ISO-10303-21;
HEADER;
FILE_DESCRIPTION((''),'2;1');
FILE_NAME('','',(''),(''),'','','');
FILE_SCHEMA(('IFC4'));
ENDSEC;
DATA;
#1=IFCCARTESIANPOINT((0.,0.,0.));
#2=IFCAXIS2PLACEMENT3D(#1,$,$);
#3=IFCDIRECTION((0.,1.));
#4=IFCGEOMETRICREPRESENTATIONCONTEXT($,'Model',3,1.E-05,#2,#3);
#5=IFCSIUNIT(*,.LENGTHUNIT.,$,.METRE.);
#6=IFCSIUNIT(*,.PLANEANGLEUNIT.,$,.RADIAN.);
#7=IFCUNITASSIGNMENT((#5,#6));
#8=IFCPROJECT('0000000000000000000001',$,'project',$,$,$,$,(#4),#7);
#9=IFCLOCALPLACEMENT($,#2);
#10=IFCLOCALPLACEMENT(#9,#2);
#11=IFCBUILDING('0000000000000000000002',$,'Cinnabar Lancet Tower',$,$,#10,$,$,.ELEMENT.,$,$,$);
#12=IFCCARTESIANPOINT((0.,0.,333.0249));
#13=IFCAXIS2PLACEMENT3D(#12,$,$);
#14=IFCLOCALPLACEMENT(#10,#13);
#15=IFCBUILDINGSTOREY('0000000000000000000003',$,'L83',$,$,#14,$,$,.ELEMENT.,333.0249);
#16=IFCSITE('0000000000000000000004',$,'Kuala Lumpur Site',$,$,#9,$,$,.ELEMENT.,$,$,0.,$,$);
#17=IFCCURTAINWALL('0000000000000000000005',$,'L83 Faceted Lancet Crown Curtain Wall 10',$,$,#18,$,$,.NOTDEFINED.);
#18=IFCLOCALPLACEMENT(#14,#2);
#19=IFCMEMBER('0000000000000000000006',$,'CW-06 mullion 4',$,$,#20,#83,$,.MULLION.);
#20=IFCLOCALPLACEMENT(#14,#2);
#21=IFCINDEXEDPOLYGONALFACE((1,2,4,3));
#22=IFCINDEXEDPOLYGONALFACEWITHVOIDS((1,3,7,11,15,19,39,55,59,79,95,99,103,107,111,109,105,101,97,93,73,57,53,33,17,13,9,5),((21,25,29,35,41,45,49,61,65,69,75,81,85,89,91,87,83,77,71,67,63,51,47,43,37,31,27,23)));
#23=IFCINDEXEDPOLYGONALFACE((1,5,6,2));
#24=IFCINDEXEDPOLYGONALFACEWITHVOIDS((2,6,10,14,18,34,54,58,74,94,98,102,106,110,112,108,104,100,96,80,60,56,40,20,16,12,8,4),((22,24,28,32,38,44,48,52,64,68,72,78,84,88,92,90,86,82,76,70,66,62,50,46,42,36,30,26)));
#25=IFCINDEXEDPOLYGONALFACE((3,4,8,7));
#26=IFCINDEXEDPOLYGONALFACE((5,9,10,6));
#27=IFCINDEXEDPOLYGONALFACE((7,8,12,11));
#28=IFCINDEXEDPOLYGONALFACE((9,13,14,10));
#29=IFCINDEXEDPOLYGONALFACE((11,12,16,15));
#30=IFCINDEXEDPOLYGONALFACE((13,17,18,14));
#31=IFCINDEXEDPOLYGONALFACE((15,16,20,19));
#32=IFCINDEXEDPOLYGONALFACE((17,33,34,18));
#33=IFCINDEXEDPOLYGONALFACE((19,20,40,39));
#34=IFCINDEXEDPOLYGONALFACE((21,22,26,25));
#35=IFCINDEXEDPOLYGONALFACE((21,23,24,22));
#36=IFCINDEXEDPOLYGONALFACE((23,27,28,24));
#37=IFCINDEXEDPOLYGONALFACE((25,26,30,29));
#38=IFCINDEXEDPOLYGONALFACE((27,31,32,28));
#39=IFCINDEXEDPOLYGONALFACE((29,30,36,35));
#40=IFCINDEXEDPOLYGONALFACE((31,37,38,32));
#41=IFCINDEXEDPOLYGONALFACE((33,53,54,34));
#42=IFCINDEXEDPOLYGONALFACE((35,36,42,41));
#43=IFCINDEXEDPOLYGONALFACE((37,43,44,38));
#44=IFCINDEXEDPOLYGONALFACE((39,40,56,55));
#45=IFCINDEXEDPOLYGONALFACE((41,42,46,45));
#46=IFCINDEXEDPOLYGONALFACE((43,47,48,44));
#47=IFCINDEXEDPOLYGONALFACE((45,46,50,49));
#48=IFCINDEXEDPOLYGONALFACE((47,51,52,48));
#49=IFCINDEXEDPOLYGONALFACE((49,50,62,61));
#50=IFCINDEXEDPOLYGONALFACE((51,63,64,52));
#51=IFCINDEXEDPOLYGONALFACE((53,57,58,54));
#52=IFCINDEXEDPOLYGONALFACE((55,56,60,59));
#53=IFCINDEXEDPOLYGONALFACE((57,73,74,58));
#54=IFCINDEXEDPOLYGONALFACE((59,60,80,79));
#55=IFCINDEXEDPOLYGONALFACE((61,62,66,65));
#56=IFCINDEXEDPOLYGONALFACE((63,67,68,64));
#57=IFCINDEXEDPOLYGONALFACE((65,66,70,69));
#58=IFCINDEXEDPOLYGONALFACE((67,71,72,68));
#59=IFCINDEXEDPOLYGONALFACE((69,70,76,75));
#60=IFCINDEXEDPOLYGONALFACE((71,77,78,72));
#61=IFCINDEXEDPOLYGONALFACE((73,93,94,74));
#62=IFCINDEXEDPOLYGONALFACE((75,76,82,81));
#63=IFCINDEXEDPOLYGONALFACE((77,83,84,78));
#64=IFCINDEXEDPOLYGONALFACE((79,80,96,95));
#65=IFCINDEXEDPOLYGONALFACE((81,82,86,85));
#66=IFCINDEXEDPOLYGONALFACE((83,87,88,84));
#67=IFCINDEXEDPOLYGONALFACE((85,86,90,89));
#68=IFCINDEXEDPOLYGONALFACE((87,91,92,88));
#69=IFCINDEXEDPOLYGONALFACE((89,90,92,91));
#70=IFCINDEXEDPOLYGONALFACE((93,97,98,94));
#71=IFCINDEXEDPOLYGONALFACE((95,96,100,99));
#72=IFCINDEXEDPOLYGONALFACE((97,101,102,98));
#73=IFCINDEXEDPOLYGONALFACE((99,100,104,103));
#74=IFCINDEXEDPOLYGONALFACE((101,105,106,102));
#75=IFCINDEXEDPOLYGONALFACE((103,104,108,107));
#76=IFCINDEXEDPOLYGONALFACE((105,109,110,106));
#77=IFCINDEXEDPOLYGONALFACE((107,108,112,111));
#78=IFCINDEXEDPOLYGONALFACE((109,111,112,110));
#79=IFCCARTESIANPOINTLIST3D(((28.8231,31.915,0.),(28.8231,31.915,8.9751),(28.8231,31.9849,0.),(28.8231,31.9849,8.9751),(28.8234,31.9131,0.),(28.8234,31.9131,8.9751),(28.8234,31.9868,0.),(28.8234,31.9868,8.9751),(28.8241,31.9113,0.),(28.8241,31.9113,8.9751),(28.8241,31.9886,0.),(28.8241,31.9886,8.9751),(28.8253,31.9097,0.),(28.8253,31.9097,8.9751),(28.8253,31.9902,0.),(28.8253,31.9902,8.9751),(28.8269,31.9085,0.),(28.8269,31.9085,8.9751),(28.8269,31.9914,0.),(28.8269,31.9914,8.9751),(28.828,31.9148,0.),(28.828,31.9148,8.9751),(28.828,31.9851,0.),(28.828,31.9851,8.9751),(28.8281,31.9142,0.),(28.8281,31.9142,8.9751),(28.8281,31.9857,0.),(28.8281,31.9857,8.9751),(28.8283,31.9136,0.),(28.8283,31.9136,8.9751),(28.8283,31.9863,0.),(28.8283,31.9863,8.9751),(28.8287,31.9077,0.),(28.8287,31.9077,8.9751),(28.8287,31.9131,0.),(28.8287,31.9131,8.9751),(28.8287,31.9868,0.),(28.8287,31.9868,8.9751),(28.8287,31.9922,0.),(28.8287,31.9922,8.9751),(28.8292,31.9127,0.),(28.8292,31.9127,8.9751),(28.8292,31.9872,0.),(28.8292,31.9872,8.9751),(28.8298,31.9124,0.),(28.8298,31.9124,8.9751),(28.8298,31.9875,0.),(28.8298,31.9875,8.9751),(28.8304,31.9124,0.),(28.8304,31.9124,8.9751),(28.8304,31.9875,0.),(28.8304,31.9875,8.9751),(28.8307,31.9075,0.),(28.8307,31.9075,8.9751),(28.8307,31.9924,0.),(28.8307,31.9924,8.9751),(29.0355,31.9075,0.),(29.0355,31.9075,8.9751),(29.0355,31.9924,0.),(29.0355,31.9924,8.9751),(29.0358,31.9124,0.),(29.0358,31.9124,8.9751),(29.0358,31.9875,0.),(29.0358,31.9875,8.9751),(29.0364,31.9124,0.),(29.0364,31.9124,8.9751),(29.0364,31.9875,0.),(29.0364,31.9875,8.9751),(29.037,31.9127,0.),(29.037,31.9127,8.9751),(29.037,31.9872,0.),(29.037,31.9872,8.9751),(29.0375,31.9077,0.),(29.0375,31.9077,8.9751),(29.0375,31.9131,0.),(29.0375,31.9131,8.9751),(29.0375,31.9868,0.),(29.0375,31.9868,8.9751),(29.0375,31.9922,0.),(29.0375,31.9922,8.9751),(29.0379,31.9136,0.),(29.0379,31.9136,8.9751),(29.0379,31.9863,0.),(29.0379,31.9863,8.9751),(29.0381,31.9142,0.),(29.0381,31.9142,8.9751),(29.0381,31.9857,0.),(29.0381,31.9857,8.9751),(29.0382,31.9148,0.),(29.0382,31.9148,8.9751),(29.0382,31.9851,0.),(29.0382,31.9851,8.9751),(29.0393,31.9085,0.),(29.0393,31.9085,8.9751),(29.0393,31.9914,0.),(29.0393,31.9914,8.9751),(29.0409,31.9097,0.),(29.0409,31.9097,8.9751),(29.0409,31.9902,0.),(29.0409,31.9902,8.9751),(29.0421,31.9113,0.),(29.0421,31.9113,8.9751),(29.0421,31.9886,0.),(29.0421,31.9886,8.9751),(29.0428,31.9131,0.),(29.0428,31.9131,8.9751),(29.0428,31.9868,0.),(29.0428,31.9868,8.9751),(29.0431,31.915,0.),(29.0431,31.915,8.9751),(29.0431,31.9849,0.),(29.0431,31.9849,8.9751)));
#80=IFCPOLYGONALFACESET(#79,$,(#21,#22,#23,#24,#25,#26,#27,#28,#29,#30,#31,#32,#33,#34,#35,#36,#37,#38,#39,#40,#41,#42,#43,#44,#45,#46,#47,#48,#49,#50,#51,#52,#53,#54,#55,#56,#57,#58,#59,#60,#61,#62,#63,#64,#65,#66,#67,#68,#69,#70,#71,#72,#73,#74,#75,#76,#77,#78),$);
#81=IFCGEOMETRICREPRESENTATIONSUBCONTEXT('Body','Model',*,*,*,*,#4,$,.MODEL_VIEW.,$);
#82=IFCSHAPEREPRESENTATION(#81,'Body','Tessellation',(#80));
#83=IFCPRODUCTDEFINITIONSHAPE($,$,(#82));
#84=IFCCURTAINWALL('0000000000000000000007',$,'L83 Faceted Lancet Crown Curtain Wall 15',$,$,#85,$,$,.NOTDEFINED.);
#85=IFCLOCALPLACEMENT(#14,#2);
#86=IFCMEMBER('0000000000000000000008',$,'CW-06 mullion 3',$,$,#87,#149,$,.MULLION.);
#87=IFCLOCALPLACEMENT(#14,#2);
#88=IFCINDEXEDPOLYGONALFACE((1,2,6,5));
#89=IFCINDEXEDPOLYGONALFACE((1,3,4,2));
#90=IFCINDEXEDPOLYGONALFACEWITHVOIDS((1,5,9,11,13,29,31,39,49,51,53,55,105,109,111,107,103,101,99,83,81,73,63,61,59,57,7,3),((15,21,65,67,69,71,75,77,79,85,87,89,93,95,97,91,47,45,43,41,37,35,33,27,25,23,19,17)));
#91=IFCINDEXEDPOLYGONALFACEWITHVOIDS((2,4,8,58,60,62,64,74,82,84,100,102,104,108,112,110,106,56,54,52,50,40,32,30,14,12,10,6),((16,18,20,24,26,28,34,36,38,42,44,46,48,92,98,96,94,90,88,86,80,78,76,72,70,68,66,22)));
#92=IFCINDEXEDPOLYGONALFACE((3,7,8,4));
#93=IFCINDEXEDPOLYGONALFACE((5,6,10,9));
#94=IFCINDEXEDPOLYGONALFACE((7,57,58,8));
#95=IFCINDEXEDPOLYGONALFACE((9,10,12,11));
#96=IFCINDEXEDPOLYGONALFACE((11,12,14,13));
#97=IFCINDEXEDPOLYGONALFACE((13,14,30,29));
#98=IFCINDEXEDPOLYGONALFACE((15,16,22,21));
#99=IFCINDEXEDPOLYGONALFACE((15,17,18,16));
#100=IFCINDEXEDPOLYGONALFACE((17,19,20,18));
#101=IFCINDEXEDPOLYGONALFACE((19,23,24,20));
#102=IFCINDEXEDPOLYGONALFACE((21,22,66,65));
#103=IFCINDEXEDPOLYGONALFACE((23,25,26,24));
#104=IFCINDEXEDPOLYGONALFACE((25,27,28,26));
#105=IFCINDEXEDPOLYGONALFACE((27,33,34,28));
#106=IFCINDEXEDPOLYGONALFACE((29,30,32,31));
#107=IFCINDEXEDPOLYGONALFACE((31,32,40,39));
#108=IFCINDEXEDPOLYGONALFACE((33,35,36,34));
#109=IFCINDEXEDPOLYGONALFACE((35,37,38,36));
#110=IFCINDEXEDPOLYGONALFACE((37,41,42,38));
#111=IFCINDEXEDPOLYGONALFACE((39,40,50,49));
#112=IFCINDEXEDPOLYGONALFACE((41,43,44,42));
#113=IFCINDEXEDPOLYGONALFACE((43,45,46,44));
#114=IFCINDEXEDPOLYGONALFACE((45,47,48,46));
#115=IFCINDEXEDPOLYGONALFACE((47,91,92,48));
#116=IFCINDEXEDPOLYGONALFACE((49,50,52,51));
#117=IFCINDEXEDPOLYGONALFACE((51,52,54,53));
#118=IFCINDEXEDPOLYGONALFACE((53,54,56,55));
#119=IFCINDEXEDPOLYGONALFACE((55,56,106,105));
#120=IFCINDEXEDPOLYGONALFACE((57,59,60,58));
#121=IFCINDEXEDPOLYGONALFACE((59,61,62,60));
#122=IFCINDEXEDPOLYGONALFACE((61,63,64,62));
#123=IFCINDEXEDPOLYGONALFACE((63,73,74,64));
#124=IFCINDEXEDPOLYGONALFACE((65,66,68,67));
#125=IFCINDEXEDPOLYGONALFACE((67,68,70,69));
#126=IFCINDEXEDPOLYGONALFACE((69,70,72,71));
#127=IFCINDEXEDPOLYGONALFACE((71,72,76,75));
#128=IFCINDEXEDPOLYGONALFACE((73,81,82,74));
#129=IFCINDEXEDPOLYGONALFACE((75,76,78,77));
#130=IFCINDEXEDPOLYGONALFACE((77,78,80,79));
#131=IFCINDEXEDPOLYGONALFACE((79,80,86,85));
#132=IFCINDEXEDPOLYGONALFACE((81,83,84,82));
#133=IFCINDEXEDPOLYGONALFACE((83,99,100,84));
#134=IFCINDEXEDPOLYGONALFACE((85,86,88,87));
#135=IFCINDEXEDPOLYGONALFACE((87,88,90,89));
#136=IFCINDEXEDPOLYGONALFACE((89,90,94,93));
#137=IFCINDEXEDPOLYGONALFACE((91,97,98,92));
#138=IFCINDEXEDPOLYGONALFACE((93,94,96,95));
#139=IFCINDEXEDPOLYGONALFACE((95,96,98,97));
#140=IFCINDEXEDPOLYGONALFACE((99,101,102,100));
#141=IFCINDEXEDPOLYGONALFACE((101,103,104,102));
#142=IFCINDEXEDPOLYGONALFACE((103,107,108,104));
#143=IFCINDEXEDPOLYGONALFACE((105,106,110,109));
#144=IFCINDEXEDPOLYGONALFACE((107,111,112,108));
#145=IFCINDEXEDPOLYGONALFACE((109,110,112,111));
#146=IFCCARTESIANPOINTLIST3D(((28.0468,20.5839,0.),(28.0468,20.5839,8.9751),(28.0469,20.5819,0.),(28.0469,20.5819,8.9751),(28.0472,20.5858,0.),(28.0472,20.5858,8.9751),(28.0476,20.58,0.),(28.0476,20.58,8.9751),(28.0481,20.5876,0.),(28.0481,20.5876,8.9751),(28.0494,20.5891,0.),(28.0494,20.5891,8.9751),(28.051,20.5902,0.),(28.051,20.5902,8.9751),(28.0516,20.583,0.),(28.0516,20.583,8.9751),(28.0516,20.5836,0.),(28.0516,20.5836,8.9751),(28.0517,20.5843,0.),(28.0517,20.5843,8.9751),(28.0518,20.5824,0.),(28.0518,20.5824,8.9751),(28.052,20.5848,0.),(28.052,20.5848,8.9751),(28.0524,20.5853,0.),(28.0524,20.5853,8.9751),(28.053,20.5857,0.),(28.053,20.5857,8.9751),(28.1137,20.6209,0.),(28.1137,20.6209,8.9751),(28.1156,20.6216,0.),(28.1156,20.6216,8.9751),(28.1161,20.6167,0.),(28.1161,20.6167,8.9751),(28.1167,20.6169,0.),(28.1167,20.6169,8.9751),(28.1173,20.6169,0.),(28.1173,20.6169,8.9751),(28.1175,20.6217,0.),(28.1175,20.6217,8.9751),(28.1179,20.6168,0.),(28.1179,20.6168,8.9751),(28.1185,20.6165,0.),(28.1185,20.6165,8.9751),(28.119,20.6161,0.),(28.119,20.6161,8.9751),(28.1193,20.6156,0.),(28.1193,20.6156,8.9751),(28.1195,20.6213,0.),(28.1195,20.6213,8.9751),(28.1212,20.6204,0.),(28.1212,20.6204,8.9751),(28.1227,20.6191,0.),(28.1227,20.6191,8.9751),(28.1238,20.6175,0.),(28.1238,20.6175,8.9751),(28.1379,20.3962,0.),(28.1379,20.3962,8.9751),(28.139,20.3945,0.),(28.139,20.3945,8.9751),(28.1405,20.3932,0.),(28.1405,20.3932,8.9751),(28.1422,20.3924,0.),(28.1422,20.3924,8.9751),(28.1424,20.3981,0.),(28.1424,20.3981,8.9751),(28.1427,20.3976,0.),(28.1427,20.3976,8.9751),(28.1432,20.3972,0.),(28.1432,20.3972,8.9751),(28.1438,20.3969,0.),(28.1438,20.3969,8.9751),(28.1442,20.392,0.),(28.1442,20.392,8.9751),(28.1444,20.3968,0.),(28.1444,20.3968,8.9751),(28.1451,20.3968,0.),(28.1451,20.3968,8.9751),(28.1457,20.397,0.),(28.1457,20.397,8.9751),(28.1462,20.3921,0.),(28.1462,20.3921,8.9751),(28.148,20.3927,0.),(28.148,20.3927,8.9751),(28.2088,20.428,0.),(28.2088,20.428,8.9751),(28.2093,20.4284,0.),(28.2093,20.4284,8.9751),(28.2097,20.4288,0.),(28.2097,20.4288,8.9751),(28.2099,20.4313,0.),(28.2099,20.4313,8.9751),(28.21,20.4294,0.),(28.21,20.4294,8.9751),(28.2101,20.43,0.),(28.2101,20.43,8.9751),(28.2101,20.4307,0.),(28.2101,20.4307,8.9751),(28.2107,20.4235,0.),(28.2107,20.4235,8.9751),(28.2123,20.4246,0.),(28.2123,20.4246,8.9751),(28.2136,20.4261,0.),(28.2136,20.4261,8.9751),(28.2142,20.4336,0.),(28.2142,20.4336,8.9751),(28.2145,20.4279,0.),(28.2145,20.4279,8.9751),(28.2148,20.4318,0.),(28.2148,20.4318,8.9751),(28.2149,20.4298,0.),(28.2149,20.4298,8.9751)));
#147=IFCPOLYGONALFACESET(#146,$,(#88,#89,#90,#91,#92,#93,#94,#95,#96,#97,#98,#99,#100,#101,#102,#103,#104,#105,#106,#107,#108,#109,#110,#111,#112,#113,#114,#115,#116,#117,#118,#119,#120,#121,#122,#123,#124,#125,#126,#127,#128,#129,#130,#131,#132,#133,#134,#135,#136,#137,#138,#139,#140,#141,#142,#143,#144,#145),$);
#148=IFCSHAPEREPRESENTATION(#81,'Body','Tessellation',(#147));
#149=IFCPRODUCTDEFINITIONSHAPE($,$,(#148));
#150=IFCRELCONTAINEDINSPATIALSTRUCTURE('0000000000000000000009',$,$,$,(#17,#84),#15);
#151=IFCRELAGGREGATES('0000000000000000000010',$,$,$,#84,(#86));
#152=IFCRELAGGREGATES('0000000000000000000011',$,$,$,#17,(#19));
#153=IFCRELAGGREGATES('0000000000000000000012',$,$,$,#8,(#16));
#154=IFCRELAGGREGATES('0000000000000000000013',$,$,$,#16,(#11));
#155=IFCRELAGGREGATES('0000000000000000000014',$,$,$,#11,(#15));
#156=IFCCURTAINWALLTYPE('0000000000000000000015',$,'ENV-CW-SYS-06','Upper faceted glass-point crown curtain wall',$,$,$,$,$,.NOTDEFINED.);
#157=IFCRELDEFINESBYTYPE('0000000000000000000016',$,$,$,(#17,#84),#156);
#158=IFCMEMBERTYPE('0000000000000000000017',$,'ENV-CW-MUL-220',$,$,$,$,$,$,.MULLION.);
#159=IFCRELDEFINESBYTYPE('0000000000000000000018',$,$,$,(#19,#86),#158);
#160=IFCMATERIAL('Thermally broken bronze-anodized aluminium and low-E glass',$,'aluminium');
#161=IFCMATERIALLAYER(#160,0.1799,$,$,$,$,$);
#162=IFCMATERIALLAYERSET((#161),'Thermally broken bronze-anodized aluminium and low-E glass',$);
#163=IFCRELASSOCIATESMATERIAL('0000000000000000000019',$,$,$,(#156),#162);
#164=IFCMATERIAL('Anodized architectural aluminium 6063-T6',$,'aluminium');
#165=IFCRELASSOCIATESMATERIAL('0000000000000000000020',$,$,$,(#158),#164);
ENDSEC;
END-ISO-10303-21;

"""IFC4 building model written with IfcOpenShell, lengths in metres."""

from ifc_helpers import new_model, si_unit, direction, frame, origin, origin_2d, place, context, subcontext, project, spatial, hollow_rectangle, extrude, material, layer, layer_set, material_profile, profile_set, type_object, element, aggregate, save


model = new_model("IFC4")

# Units and contexts
model_context = context("Model", 3, precision=1e-05, world=origin(), true_north=direction((0.0, 1.0)))
body_context = subcontext(model_context, "Body", "Model", "MODEL_VIEW")
ifc_project = project(units=[si_unit("LENGTHUNIT", "METRE"), si_unit("PLANEANGLEUNIT", "RADIAN")], contexts=[model_context])

# Site, building, storey
site_placement = place(None, origin())
site = spatial("IfcSite", under=ifc_project, at=site_placement, Name="Kuala Lumpur Site", CompositionType="ELEMENT", RefElevation=0.0)
building_placement = place(site_placement, origin())
building = spatial("IfcBuilding", under=site, at=building_placement, Name="Cinnabar Lancet Tower", CompositionType="ELEMENT")
storey_placement = place(building_placement, frame((0.0, 0.0, 333.0249)))
storey = spatial("IfcBuildingStorey", under=building, at=storey_placement, Name="L83", CompositionType="ELEMENT", Elevation=333.0249)

# Curtain wall, member
ifc_material_1 = material(Name="Thermally broken bronze-anodized aluminium and low-E glass", Category="aluminium")
ifc_layer_1 = layer(ifc_material_1, 0.1799)
ifc_layer_set_1 = layer_set([ifc_layer_1], Name="Thermally broken bronze-anodized aluminium and low-E glass")
curtain_wall_type = type_object("IfcCurtainWallType", Name="ENV-CW-SYS-06", Description="Upper faceted glass-point crown curtain wall", PredefinedType="NOTDEFINED", material=ifc_layer_set_1)
ifc_material_2 = material(Name="Anodized architectural aluminium 6063-T6", Category="aluminium")
ifc_material_profile_1 = material_profile(ifc_material_2, hollow_rectangle(XDim=0.085, YDim=0.22, WallThickness=0.0049, InnerFilletRadius=0.0024, OuterFilletRadius=0.0076, at=origin_2d()), Name="CW-MUL 220x85x5")
ifc_profile_set_1 = profile_set([ifc_material_profile_1], Name="Anodized architectural aluminium 6063-T6")
member_type_1 = type_object("IfcMemberType", Name="ENV-CW-MUL-220", PredefinedType="MULLION", material=ifc_profile_set_1)
curtain_wall_1_placement = place(storey_placement, origin())
curtain_wall_1 = element("IfcCurtainWall", 1, at=curtain_wall_1_placement, inside=storey, type_object=curtain_wall_type, Name="L83 Faceted Lancet Crown Curtain Wall 10", PredefinedType="NOTDEFINED")
member_1_placement = place(storey_placement, frame((28.9331, 31.95, 0.0), z_axis=(0.0, 0.0, 1.0), x_axis=(0.0, -1.0, 0.0)))
member_1 = element("IfcMember", 2, at=member_1_placement, type_object=member_type_1, Name="CW-06 mullion 4", PredefinedType="MULLION", context=body_context, shape_type="SweptSolid", body=[
    extrude(hollow_rectangle(XDim=0.085, YDim=0.22, WallThickness=0.0049, InnerFilletRadius=0.0024, OuterFilletRadius=0.0076, at=origin_2d()), origin(), (0.0, 0.0, 1.0), 8.9751),
])

# Curtain wall, member
curtain_wall_2_placement = place(storey_placement, origin())
curtain_wall_2 = element("IfcCurtainWall", 3, at=curtain_wall_2_placement, inside=storey, type_object=curtain_wall_type, Name="L83 Faceted Lancet Crown Curtain Wall 15", PredefinedType="NOTDEFINED")
member_2_placement = place(storey_placement, frame((28.1309, 20.5068, 0.0), z_axis=(0.0, 0.0, 1.0), x_axis=(0.89751, 0.440994, 0.0)))
member_2 = element("IfcMember", 4, at=member_2_placement, type_object=member_type_1, Name="CW-06 mullion 3", PredefinedType="MULLION", context=body_context, shape_type="SweptSolid", body=[
    extrude(hollow_rectangle(XDim=0.085, YDim=0.22, WallThickness=0.0049, InnerFilletRadius=0.0024, OuterFilletRadius=0.0076, at=origin_2d()), origin(), (0.0, 0.0, 1.0), 8.9751),
])
aggregate(curtain_wall_2, [member_2])

aggregate(curtain_wall_1, [member_1])

save(model, "model.ifc")
